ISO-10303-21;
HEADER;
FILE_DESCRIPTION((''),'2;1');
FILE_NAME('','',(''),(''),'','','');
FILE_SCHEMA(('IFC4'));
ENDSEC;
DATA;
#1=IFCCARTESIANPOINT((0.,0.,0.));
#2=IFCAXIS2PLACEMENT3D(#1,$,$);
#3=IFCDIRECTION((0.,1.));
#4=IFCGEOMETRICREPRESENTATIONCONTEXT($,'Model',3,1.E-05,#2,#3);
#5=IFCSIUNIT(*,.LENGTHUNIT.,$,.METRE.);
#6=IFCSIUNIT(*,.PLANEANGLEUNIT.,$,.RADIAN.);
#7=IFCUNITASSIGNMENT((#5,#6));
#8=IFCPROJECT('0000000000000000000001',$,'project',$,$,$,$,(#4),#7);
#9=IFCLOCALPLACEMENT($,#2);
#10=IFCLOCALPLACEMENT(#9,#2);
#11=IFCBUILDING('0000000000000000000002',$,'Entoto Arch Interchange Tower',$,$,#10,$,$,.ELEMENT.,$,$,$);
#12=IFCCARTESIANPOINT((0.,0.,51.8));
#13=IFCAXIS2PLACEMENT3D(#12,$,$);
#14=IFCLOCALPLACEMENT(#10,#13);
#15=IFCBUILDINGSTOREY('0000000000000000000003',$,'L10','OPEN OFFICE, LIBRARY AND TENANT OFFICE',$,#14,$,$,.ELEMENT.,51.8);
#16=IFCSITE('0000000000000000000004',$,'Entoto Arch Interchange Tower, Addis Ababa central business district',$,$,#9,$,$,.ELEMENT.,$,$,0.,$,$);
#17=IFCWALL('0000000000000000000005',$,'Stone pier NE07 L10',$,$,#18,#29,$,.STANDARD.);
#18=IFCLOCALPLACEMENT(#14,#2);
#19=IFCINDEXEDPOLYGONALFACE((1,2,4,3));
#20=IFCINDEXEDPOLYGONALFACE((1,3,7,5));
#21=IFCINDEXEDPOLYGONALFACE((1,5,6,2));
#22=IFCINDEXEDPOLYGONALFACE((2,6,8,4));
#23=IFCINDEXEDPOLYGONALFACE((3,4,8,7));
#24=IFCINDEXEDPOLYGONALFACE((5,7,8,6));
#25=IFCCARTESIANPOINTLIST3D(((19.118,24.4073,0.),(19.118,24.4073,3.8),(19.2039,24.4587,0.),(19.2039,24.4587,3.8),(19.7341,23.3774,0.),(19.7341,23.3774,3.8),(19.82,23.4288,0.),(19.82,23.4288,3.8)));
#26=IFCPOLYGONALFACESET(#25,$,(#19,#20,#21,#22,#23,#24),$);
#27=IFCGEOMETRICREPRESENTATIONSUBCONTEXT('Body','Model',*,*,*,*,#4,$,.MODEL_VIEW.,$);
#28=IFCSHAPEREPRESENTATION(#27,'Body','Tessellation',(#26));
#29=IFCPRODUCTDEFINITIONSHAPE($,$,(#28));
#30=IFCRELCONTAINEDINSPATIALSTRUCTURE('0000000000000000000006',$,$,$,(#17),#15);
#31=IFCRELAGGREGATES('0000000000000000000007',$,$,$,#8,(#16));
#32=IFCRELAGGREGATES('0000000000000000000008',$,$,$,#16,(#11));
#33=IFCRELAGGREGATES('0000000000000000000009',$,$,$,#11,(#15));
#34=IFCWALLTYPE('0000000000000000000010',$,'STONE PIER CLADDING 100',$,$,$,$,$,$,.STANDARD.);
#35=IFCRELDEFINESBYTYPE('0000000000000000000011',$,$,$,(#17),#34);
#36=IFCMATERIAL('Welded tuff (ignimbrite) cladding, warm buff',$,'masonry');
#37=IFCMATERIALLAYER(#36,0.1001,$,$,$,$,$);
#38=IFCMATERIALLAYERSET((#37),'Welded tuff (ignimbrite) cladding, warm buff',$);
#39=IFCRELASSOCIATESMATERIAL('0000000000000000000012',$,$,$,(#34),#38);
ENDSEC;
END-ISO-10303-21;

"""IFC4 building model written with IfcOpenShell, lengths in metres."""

from ifc_helpers import new_model, si_unit, direction, frame, frame_2d, origin, place, context, subcontext, project, spatial, rectangle, extrude, material, layer, layer_set, type_object, element, save


model = new_model("IFC4")

# Units and contexts
model_context = context("Model", 3, precision=1e-05, world=origin(), true_north=direction((0.0, 1.0)))
body_context = subcontext(model_context, "Body", "Model", "MODEL_VIEW")
ifc_project = project(units=[si_unit("LENGTHUNIT", "METRE"), si_unit("PLANEANGLEUNIT", "RADIAN")], contexts=[model_context])

# Site, building, storey
site_placement = place(None, origin())
site = spatial("IfcSite", under=ifc_project, at=site_placement, Name="Entoto Arch Interchange Tower, Addis Ababa central business district", CompositionType="ELEMENT", RefElevation=0.0)
building_placement = place(site_placement, origin())
building = spatial("IfcBuilding", under=site, at=building_placement, Name="Entoto Arch Interchange Tower", CompositionType="ELEMENT")
storey_placement = place(building_placement, frame((0.0, 0.0, 51.8)))
storey = spatial("IfcBuildingStorey", under=building, at=storey_placement, Name="L10", Description="OPEN OFFICE, LIBRARY AND TENANT OFFICE", CompositionType="ELEMENT", Elevation=51.8)

# Shared definitions
ifc_material_1 = material(Name="Welded tuff (ignimbrite) cladding, warm buff", Category="masonry")

# Wall
ifc_layer_1 = layer(ifc_material_1, 0.1001)
ifc_layer_set_1 = layer_set([ifc_layer_1], Name="Welded tuff (ignimbrite) cladding, warm buff")
wall_type_1 = type_object("IfcWallType", Name="STONE PIER CLADDING 100", PredefinedType="STANDARD", material=ifc_layer_set_1)
wall_1_placement = place(storey_placement, frame((19.7771, 23.4031, 0.0), z_axis=(0.0, 0.0, 1.0), x_axis=(-0.513389, 0.858156, 0.0)))
element("IfcWall", 1, at=wall_1_placement, inside=storey, type_object=wall_type_1, Name="Stone pier NE07 L10", PredefinedType="STANDARD", context=body_context, shape_type="SweptSolid", body=[
    extrude(rectangle(XDim=1.2002, YDim=0.1001, at=frame_2d((0.6001, 0.0))), origin(), (0.0, 0.0, 1.0), 3.8),
])

save(model, "model.ifc")
